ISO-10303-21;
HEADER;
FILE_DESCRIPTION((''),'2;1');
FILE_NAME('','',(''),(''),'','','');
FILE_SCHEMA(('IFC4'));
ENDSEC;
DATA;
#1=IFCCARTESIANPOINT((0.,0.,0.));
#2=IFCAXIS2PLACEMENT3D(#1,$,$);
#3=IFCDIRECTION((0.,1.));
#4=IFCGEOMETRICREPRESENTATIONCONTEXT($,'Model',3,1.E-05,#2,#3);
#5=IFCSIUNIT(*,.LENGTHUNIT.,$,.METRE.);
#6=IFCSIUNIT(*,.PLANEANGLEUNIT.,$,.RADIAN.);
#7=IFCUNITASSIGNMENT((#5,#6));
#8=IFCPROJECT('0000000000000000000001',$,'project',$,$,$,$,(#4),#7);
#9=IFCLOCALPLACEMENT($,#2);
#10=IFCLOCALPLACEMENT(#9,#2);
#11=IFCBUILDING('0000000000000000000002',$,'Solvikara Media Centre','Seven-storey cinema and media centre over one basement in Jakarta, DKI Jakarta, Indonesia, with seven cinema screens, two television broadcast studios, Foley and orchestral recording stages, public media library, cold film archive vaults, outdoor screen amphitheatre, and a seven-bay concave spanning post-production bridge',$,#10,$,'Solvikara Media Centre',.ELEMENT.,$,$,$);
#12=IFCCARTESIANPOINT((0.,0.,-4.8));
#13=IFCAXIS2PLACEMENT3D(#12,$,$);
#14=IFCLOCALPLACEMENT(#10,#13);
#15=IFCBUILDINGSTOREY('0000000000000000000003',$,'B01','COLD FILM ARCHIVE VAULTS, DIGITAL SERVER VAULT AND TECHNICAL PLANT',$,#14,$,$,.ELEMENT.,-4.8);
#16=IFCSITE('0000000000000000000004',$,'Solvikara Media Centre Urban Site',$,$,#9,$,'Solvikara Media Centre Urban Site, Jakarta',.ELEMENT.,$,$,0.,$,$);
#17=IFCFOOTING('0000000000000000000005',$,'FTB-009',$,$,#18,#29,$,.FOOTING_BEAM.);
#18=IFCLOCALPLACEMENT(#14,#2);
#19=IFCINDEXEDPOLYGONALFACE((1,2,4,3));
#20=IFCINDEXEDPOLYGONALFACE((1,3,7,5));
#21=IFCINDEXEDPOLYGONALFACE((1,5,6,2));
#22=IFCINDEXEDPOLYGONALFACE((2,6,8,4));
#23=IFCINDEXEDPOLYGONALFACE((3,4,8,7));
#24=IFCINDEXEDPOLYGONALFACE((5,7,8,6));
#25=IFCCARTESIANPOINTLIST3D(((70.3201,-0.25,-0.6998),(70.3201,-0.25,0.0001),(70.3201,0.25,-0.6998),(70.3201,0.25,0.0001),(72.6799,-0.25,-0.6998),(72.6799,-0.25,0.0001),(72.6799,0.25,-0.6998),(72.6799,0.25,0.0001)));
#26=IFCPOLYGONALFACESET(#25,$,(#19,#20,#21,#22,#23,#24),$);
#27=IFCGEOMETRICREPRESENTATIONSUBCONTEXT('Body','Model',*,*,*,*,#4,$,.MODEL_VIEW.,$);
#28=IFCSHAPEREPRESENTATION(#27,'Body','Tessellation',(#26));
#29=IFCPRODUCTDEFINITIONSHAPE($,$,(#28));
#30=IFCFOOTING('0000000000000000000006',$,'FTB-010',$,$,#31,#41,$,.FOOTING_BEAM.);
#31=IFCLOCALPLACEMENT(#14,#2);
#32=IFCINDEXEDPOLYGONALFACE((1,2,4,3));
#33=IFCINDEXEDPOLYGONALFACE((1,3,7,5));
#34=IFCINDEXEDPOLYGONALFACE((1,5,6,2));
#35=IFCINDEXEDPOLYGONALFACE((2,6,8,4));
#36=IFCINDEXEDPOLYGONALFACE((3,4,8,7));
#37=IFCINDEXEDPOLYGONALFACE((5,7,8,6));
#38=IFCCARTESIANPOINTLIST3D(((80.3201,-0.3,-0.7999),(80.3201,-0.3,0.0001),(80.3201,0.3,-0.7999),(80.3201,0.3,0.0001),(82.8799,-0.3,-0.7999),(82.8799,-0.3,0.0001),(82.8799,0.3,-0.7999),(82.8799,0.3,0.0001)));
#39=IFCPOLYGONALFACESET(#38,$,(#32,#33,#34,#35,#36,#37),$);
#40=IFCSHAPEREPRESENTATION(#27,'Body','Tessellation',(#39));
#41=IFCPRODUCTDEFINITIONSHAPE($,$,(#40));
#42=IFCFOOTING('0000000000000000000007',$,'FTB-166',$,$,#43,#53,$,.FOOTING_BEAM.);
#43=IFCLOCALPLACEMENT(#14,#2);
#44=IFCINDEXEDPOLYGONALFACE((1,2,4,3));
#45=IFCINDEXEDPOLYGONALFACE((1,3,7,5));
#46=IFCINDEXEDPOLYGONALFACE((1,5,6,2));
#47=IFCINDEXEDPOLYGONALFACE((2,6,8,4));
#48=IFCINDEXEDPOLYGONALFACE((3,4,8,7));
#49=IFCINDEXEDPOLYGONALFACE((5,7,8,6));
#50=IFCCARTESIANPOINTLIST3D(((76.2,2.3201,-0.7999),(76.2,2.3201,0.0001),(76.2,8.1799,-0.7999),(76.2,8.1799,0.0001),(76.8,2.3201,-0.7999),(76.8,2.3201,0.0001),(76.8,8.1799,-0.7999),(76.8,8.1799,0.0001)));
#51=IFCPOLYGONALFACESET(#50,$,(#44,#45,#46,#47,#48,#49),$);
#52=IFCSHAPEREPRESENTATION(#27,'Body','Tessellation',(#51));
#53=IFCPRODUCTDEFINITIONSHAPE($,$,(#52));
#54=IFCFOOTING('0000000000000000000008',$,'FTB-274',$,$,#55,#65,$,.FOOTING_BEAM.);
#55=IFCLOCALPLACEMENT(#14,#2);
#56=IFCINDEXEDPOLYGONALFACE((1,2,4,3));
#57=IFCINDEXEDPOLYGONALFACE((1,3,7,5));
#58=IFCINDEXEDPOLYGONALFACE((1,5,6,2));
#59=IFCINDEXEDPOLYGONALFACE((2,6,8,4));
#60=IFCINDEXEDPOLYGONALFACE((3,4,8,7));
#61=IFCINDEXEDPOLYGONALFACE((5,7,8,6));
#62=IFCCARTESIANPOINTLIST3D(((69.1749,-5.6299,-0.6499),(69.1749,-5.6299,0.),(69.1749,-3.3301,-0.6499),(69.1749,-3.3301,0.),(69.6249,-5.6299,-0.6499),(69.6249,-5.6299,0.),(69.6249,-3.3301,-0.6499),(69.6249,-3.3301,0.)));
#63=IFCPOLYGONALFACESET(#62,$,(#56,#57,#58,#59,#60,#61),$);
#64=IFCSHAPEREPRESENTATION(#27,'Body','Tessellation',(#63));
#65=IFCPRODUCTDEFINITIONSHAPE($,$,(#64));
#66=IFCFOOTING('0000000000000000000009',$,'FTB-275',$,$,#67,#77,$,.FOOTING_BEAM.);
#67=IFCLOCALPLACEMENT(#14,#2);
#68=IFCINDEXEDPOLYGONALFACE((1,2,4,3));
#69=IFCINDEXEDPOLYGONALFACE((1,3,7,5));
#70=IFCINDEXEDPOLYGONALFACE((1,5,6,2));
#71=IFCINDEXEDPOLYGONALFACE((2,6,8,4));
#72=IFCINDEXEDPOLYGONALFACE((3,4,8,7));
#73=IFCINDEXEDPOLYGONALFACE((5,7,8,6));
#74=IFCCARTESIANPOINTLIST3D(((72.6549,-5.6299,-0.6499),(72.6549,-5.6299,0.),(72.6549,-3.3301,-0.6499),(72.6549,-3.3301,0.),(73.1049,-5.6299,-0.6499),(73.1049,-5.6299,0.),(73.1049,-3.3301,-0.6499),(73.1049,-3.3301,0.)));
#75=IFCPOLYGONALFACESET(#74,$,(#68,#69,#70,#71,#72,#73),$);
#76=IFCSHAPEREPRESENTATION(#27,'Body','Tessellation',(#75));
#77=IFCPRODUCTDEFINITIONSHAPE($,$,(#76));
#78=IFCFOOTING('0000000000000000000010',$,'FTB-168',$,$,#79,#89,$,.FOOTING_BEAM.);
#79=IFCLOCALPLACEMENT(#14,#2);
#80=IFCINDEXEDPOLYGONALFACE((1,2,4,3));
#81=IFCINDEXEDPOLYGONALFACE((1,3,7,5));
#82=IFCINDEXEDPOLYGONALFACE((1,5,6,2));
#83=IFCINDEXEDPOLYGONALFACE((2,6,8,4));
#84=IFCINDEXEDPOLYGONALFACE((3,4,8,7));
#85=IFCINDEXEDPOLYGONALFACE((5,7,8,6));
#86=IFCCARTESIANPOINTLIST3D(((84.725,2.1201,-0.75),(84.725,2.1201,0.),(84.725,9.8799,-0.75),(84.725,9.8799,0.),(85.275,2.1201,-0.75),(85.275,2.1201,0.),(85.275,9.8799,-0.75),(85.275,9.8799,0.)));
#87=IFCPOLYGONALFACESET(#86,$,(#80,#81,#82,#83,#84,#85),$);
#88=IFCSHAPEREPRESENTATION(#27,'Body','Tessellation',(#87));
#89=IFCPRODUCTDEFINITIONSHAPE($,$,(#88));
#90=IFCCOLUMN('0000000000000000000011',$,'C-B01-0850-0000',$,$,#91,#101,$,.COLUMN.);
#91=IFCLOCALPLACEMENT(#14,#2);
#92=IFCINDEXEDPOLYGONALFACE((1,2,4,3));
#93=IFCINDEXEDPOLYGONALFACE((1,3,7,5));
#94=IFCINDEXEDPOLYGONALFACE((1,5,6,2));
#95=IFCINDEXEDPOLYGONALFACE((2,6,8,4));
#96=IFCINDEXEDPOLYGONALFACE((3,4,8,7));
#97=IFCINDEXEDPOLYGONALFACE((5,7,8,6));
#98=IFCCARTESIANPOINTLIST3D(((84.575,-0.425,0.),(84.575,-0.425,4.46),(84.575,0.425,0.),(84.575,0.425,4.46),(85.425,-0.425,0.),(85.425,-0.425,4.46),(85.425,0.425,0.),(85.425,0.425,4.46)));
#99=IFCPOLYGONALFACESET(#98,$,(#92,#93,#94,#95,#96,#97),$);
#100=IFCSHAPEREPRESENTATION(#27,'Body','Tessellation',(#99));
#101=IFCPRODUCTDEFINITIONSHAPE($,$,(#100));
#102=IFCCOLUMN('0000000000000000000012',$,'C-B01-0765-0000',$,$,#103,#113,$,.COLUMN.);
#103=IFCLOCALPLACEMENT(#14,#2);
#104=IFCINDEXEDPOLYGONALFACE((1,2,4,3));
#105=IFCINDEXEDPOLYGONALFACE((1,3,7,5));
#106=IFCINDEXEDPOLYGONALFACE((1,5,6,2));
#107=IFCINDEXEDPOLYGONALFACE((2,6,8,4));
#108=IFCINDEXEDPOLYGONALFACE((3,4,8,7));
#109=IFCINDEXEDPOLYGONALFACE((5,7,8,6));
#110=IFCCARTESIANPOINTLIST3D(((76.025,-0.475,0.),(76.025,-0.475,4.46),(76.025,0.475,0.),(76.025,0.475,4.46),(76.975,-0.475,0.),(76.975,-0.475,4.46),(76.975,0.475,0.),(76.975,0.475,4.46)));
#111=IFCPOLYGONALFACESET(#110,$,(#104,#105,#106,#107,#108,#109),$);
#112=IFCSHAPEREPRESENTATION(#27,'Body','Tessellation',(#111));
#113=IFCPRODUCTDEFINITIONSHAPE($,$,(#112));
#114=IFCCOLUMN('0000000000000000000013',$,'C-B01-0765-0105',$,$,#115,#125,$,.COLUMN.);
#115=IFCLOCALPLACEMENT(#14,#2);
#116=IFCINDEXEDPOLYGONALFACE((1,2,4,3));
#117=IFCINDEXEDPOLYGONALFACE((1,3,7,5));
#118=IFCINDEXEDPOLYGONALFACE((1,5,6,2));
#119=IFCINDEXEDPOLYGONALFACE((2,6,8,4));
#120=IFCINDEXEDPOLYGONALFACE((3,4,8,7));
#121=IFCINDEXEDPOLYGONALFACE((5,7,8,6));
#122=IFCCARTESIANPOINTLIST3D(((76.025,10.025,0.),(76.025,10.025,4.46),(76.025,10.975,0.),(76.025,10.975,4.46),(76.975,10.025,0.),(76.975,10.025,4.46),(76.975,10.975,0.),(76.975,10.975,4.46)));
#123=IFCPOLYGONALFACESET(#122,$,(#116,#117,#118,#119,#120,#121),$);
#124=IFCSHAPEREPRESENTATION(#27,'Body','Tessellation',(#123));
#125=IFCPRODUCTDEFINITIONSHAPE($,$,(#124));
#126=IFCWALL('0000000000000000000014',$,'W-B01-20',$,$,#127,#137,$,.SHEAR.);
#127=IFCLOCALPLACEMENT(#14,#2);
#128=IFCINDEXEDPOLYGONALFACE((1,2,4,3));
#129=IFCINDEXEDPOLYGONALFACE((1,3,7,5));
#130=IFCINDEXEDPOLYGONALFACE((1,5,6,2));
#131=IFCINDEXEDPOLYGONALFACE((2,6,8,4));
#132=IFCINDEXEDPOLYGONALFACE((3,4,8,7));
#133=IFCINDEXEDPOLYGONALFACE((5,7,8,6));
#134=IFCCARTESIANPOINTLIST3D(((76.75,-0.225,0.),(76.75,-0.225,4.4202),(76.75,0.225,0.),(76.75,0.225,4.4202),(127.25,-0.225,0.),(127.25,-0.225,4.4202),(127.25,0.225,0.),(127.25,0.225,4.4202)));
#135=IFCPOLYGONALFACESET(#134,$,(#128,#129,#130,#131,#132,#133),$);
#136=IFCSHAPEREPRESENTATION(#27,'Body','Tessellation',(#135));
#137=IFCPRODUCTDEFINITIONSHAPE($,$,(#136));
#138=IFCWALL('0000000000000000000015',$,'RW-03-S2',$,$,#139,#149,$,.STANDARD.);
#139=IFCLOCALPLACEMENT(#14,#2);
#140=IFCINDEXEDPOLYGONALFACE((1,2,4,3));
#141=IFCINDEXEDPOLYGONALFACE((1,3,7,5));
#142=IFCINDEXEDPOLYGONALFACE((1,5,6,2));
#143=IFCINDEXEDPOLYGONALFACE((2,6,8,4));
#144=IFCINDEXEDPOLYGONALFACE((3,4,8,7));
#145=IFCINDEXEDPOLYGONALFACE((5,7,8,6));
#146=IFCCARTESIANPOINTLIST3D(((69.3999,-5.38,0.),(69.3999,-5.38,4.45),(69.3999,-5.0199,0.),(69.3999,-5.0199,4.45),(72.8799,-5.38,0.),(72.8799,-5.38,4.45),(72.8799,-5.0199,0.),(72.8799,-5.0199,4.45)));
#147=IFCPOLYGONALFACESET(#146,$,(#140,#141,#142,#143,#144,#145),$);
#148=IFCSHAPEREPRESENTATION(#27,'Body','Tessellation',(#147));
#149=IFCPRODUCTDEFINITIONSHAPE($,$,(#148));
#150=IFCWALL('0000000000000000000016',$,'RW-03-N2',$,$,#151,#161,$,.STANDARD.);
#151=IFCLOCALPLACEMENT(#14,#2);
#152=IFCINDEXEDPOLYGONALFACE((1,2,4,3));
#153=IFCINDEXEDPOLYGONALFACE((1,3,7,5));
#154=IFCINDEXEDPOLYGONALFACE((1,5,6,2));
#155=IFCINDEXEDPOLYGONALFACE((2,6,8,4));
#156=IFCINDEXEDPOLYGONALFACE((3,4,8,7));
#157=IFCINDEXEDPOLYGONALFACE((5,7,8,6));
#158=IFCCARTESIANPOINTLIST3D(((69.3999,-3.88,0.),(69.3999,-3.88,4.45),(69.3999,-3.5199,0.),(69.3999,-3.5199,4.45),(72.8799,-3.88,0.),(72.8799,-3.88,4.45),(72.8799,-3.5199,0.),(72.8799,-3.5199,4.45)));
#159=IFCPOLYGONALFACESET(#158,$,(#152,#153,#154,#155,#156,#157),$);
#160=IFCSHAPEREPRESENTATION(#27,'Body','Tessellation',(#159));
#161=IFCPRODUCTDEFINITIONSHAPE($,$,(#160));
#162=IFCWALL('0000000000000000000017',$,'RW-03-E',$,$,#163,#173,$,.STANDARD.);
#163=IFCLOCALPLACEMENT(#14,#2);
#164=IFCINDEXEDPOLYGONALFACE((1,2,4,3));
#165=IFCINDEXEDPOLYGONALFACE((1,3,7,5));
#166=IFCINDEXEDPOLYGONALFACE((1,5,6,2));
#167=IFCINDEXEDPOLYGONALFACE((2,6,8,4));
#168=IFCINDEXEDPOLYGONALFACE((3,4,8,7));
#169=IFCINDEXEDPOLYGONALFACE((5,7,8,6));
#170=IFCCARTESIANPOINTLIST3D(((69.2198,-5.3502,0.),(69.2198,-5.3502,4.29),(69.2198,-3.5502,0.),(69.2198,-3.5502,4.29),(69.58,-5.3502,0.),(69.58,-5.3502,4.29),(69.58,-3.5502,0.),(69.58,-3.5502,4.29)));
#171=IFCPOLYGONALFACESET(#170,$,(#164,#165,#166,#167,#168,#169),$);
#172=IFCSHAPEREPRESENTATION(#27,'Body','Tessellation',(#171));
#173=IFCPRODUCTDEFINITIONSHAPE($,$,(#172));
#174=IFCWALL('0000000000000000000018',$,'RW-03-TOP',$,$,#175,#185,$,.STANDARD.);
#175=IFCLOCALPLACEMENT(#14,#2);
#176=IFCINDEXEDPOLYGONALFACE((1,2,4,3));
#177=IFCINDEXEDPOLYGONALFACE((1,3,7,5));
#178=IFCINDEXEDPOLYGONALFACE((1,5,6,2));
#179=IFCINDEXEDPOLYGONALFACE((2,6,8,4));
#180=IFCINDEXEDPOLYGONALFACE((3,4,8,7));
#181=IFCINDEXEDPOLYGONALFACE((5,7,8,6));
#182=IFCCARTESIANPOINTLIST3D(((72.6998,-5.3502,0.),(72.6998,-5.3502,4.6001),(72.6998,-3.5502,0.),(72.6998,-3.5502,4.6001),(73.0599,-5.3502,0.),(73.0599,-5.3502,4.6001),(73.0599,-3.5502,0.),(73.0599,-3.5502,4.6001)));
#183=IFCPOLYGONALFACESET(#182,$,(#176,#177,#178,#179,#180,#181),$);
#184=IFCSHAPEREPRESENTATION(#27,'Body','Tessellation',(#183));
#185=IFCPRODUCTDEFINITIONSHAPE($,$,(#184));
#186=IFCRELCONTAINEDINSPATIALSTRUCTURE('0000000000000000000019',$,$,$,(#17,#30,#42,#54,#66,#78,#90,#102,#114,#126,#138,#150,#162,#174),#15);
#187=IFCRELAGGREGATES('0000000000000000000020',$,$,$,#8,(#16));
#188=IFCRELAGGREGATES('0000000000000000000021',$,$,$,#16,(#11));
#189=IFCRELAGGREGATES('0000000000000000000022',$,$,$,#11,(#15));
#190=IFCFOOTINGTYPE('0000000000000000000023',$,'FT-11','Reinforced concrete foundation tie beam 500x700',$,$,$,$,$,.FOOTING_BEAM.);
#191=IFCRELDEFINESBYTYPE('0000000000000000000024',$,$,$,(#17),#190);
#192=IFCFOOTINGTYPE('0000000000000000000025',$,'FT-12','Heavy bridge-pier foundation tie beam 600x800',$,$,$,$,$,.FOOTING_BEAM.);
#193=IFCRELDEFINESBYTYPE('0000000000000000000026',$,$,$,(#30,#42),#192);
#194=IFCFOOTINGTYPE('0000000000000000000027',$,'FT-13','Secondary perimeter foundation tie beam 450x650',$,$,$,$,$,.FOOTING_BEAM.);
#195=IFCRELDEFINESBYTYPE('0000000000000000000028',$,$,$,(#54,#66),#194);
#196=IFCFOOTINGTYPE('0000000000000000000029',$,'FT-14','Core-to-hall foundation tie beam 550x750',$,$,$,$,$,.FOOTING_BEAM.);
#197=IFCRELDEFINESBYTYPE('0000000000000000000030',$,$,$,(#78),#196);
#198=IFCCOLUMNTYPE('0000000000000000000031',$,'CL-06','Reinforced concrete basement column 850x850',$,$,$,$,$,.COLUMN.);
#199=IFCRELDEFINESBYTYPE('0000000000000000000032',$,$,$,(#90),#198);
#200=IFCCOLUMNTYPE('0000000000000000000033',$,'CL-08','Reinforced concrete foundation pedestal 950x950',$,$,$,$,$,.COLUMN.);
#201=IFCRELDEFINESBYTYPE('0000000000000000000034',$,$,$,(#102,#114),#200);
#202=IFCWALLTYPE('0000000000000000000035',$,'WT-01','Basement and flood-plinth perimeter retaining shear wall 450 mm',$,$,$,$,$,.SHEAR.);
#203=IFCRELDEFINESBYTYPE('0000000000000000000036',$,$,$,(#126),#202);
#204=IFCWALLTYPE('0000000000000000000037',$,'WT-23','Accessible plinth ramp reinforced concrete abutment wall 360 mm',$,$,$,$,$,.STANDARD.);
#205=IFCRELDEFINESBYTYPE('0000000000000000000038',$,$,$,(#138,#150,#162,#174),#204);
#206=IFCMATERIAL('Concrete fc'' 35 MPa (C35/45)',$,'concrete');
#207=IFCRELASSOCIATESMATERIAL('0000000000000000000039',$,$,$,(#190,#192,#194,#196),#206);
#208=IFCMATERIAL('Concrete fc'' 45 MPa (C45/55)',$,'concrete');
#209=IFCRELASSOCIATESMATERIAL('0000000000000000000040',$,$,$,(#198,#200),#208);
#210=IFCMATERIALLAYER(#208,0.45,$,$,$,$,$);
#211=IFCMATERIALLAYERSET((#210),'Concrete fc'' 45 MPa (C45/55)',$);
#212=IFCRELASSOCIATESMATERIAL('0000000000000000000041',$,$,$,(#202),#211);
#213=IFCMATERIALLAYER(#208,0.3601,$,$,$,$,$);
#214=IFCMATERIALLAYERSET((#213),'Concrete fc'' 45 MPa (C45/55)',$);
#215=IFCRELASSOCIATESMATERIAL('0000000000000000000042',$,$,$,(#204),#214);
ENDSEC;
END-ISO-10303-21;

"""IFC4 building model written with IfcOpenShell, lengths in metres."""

from ifc_helpers import new_model, si_unit, direction, frame, frame_2d, origin, origin_2d, place, context, subcontext, project, spatial, rectangle, extrude, material, layer, layer_set, material_profile, profile_set, type_object, element, save


model = new_model("IFC4")

# Units and contexts
model_context = context("Model", 3, precision=1e-05, world=origin(), true_north=direction((0.0, 1.0)))
body_context = subcontext(model_context, "Body", "Model", "MODEL_VIEW")
ifc_project = project(units=[si_unit("LENGTHUNIT", "METRE"), si_unit("PLANEANGLEUNIT", "RADIAN")], contexts=[model_context])

# Site, building, storey
site_placement = place(None, origin())
site = spatial("IfcSite", under=ifc_project, at=site_placement, Name="Solvikara Media Centre Urban Site", LongName="Solvikara Media Centre Urban Site, Jakarta", CompositionType="ELEMENT", RefElevation=0.0)
building_placement = place(site_placement, origin())
building = spatial("IfcBuilding", under=site, at=building_placement, Name="Solvikara Media Centre", Description="Seven-storey cinema and media centre over one basement in Jakarta, DKI Jakarta, Indonesia, with seven cinema screens, two television broadcast studios, Foley and orchestral recording stages, public media library, cold film archive vaults, outdoor screen amphitheatre, and a seven-bay concave spanning post-production bridge", LongName="Solvikara Media Centre", CompositionType="ELEMENT")
storey_placement = place(building_placement, frame((0.0, 0.0, -4.8)))
storey = spatial("IfcBuildingStorey", under=building, at=storey_placement, Name="B01", Description="COLD FILM ARCHIVE VAULTS, DIGITAL SERVER VAULT AND TECHNICAL PLANT", CompositionType="ELEMENT", Elevation=-4.8)

# Shared definitions
ifc_material_1 = material(Name="Concrete fc' 35 MPa (C35/45)", Category="concrete")

# Footings
ifc_material_profile_1 = material_profile(ifc_material_1, rectangle(XDim=0.5, YDim=0.7, at=origin_2d()), Name="RC 500x700")
ifc_profile_set_1 = profile_set([ifc_material_profile_1], Name="Concrete fc' 35 MPa (C35/45)")
footing_type_1 = type_object("IfcFootingType", Name="FT-11", Description="Reinforced concrete foundation tie beam 500x700", PredefinedType="FOOTING_BEAM", material=ifc_profile_set_1)
footing_1_placement = place(storey_placement, frame((70.3201, 0.0, -0.3499), z_axis=(1.0, 0.0, 0.0), x_axis=(0.0, 1.0, 0.0)))
element("IfcFooting", 1, at=footing_1_placement, inside=storey, type_object=footing_type_1, Name="FTB-009", PredefinedType="FOOTING_BEAM", context=body_context, shape_type="SweptSolid", body=[
    extrude(rectangle(XDim=0.5, YDim=0.7, at=origin_2d()), origin(), (0.0, 0.0, 1.0), 2.3599),
])
ifc_material_profile_2 = material_profile(ifc_material_1, rectangle(XDim=0.6001, YDim=0.8, at=origin_2d()), Name="RC 600x800")
ifc_profile_set_2 = profile_set([ifc_material_profile_2], Name="Concrete fc' 35 MPa (C35/45)")
footing_type_2 = type_object("IfcFootingType", Name="FT-12", Description="Heavy bridge-pier foundation tie beam 600x800", PredefinedType="FOOTING_BEAM", material=ifc_profile_set_2)
footing_2_placement = place(storey_placement, frame((80.3201, 0.0, -0.3999), z_axis=(1.0, 0.0, 0.0), x_axis=(0.0, 1.0, 0.0)))
element("IfcFooting", 2, at=footing_2_placement, inside=storey, type_object=footing_type_2, Name="FTB-010", PredefinedType="FOOTING_BEAM", context=body_context, shape_type="SweptSolid", body=[
    extrude(rectangle(XDim=0.6001, YDim=0.8, at=origin_2d()), origin(), (0.0, 0.0, 1.0), 2.5598),
])
footing_3_placement = place(storey_placement, frame((76.5, 2.3201, -0.3999), z_axis=(0.0, 1.0, 0.0), x_axis=(-1.0, 0.0, 0.0)))
element("IfcFooting", 3, at=footing_3_placement, inside=storey, type_object=footing_type_2, Name="FTB-166", PredefinedType="FOOTING_BEAM", context=body_context, shape_type="SweptSolid", body=[
    extrude(rectangle(XDim=0.6001, YDim=0.8, at=origin_2d()), origin(), (0.0, 0.0, 1.0), 5.8599),
])
ifc_material_profile_3 = material_profile(ifc_material_1, rectangle(XDim=0.45, YDim=0.6499, at=origin_2d()), Name="RC 450x650")
ifc_profile_set_3 = profile_set([ifc_material_profile_3], Name="Concrete fc' 35 MPa (C35/45)")
footing_type_3 = type_object("IfcFootingType", Name="FT-13", Description="Secondary perimeter foundation tie beam 450x650", PredefinedType="FOOTING_BEAM", material=ifc_profile_set_3)
for number, where, z_axis, x_axis, name in (
    (4, (69.3999, -5.6299, -0.325), (0.0, 1.0, 0.0), (-1.0, 0.0, 0.0), "FTB-274"),
    (5, (72.8799, -5.6299, -0.325), (0.0, 1.0, 0.0), (-1.0, 0.0, 0.0), "FTB-275"),
):
    element("IfcFooting", number, at=place(storey_placement, frame(where, z_axis=z_axis, x_axis=x_axis)), inside=storey, type_object=footing_type_3, Name=name, PredefinedType="FOOTING_BEAM", context=body_context, shape_type="SweptSolid", body=[
        extrude(rectangle(XDim=0.45, YDim=0.6499, at=origin_2d()), origin(), (0.0, 0.0, 1.0), 2.2998),
    ])
ifc_material_profile_4 = material_profile(ifc_material_1, rectangle(XDim=0.55, YDim=0.75, at=origin_2d()), Name="RC 550x750")
ifc_profile_set_4 = profile_set([ifc_material_profile_4], Name="Concrete fc' 35 MPa (C35/45)")
footing_type_4 = type_object("IfcFootingType", Name="FT-14", Description="Core-to-hall foundation tie beam 550x750", PredefinedType="FOOTING_BEAM", material=ifc_profile_set_4)
footing_4_placement = place(storey_placement, frame((85.0, 2.1201, -0.375), z_axis=(0.0, 1.0, 0.0), x_axis=(-1.0, 0.0, 0.0)))
element("IfcFooting", 6, at=footing_4_placement, inside=storey, type_object=footing_type_4, Name="FTB-168", PredefinedType="FOOTING_BEAM", context=body_context, shape_type="SweptSolid", body=[
    extrude(rectangle(XDim=0.55, YDim=0.75, at=origin_2d()), origin(), (0.0, 0.0, 1.0), 7.7598),
])

# Columns
ifc_material_2 = material(Name="Concrete fc' 45 MPa (C45/55)", Category="concrete")
ifc_material_profile_5 = material_profile(ifc_material_2, rectangle(XDim=0.8501, YDim=0.8501, at=origin_2d()), Name="RC 850x850")
ifc_profile_set_5 = profile_set([ifc_material_profile_5], Name="Concrete fc' 45 MPa (C45/55)")
column_type_1 = type_object("IfcColumnType", Name="CL-06", Description="Reinforced concrete basement column 850x850", PredefinedType="COLUMN", material=ifc_profile_set_5)
column_placement = place(storey_placement, frame((85.0, 0.0, 0.0), z_axis=(0.0, 0.0, 1.0), x_axis=(1.0, 0.0, 0.0)))
element("IfcColumn", 7, at=column_placement, inside=storey, type_object=column_type_1, Name="C-B01-0850-0000", PredefinedType="COLUMN", context=body_context, shape_type="SweptSolid", body=[
    extrude(rectangle(XDim=0.8501, YDim=0.8501, at=origin_2d()), origin(), (0.0, 0.0, 1.0), 4.46),
])
ifc_material_profile_6 = material_profile(ifc_material_2, rectangle(XDim=0.95, YDim=0.95, at=origin_2d()), Name="RC 950x950")
ifc_profile_set_6 = profile_set([ifc_material_profile_6], Name="Concrete fc' 45 MPa (C45/55)")
column_type_2 = type_object("IfcColumnType", Name="CL-08", Description="Reinforced concrete foundation pedestal 950x950", PredefinedType="COLUMN", material=ifc_profile_set_6)
for number, where, z_axis, x_axis, name in (
    (8, (76.5, 0.0, 0.0), (0.0, 0.0, 1.0), (1.0, 0.0, 0.0), "C-B01-0765-0000"),
    (9, (76.5, 10.5, 0.0), (0.0, 0.0, 1.0), (1.0, 0.0, 0.0), "C-B01-0765-0105"),
):
    element("IfcColumn", number, at=place(storey_placement, frame(where, z_axis=z_axis, x_axis=x_axis)), inside=storey, type_object=column_type_2, Name=name, PredefinedType="COLUMN", context=body_context, shape_type="SweptSolid", body=[
        extrude(rectangle(XDim=0.95, YDim=0.95, at=origin_2d()), origin(), (0.0, 0.0, 1.0), 4.46),
    ])

# Walls
ifc_layer_1 = layer(ifc_material_2, 0.45)
ifc_layer_set_1 = layer_set([ifc_layer_1], Name="Concrete fc' 45 MPa (C45/55)")
wall_type_1 = type_object("IfcWallType", Name="WT-01", Description="Basement and flood-plinth perimeter retaining shear wall 450 mm", PredefinedType="SHEAR", material=ifc_layer_set_1)
wall_1_placement = place(storey_placement, frame((76.75, 0.0, 0.0), z_axis=(0.0, 0.0, 1.0), x_axis=(1.0, 0.0, 0.0)))
element("IfcWall", 10, at=wall_1_placement, inside=storey, type_object=wall_type_1, Name="W-B01-20", PredefinedType="SHEAR", context=body_context, shape_type="SweptSolid", body=[
    extrude(rectangle(XDim=50.5, YDim=0.45, at=frame_2d((25.25, 0.0))), origin(), (0.0, 0.0, 1.0), 4.4202),
])
ifc_layer_2 = layer(ifc_material_2, 0.3601)
ifc_layer_set_2 = layer_set([ifc_layer_2], Name="Concrete fc' 45 MPa (C45/55)")
wall_type_2 = type_object("IfcWallType", Name="WT-23", Description="Accessible plinth ramp reinforced concrete abutment wall 360 mm", PredefinedType="STANDARD", material=ifc_layer_set_2)
for number, where, z_axis, x_axis, name in (
    (11, (69.3999, -5.2, 0.0), (0.0, 0.0, 1.0), (1.0, 0.0, 0.0), "RW-03-S2"),
    (12, (69.3999, -3.7, 0.0), (0.0, 0.0, 1.0), (1.0, 0.0, 0.0), "RW-03-N2"),
):
    element("IfcWall", number, at=place(storey_placement, frame(where, z_axis=z_axis, x_axis=x_axis)), inside=storey, type_object=wall_type_2, Name=name, PredefinedType="STANDARD", context=body_context, shape_type="SweptSolid", body=[
        extrude(rectangle(XDim=3.48, YDim=0.3601, at=frame_2d((1.74, 0.0))), origin(), (0.0, 0.0, 1.0), 4.45),
    ])
wall_2_placement = place(storey_placement, frame((69.3999, -5.3501, 0.0), z_axis=(0.0, 0.0, 1.0), x_axis=(0.0, 1.0, 0.0)))
element("IfcWall", 13, at=wall_2_placement, inside=storey, type_object=wall_type_2, Name="RW-03-E", PredefinedType="STANDARD", context=body_context, shape_type="SweptSolid", body=[
    extrude(rectangle(XDim=1.8, YDim=0.3601, at=frame_2d((0.8999, 0.0))), origin(), (0.0, 0.0, 1.0), 4.29),
])
wall_3_placement = place(storey_placement, frame((72.8799, -5.3501, 0.0), z_axis=(0.0, 0.0, 1.0), x_axis=(0.0, 1.0, 0.0)))
element("IfcWall", 14, at=wall_3_placement, inside=storey, type_object=wall_type_2, Name="RW-03-TOP", PredefinedType="STANDARD", context=body_context, shape_type="SweptSolid", body=[
    extrude(rectangle(XDim=1.8, YDim=0.3601, at=frame_2d((0.8999, 0.0))), origin(), (0.0, 0.0, 1.0), 4.6001),
])

save(model, "model.ifc")
